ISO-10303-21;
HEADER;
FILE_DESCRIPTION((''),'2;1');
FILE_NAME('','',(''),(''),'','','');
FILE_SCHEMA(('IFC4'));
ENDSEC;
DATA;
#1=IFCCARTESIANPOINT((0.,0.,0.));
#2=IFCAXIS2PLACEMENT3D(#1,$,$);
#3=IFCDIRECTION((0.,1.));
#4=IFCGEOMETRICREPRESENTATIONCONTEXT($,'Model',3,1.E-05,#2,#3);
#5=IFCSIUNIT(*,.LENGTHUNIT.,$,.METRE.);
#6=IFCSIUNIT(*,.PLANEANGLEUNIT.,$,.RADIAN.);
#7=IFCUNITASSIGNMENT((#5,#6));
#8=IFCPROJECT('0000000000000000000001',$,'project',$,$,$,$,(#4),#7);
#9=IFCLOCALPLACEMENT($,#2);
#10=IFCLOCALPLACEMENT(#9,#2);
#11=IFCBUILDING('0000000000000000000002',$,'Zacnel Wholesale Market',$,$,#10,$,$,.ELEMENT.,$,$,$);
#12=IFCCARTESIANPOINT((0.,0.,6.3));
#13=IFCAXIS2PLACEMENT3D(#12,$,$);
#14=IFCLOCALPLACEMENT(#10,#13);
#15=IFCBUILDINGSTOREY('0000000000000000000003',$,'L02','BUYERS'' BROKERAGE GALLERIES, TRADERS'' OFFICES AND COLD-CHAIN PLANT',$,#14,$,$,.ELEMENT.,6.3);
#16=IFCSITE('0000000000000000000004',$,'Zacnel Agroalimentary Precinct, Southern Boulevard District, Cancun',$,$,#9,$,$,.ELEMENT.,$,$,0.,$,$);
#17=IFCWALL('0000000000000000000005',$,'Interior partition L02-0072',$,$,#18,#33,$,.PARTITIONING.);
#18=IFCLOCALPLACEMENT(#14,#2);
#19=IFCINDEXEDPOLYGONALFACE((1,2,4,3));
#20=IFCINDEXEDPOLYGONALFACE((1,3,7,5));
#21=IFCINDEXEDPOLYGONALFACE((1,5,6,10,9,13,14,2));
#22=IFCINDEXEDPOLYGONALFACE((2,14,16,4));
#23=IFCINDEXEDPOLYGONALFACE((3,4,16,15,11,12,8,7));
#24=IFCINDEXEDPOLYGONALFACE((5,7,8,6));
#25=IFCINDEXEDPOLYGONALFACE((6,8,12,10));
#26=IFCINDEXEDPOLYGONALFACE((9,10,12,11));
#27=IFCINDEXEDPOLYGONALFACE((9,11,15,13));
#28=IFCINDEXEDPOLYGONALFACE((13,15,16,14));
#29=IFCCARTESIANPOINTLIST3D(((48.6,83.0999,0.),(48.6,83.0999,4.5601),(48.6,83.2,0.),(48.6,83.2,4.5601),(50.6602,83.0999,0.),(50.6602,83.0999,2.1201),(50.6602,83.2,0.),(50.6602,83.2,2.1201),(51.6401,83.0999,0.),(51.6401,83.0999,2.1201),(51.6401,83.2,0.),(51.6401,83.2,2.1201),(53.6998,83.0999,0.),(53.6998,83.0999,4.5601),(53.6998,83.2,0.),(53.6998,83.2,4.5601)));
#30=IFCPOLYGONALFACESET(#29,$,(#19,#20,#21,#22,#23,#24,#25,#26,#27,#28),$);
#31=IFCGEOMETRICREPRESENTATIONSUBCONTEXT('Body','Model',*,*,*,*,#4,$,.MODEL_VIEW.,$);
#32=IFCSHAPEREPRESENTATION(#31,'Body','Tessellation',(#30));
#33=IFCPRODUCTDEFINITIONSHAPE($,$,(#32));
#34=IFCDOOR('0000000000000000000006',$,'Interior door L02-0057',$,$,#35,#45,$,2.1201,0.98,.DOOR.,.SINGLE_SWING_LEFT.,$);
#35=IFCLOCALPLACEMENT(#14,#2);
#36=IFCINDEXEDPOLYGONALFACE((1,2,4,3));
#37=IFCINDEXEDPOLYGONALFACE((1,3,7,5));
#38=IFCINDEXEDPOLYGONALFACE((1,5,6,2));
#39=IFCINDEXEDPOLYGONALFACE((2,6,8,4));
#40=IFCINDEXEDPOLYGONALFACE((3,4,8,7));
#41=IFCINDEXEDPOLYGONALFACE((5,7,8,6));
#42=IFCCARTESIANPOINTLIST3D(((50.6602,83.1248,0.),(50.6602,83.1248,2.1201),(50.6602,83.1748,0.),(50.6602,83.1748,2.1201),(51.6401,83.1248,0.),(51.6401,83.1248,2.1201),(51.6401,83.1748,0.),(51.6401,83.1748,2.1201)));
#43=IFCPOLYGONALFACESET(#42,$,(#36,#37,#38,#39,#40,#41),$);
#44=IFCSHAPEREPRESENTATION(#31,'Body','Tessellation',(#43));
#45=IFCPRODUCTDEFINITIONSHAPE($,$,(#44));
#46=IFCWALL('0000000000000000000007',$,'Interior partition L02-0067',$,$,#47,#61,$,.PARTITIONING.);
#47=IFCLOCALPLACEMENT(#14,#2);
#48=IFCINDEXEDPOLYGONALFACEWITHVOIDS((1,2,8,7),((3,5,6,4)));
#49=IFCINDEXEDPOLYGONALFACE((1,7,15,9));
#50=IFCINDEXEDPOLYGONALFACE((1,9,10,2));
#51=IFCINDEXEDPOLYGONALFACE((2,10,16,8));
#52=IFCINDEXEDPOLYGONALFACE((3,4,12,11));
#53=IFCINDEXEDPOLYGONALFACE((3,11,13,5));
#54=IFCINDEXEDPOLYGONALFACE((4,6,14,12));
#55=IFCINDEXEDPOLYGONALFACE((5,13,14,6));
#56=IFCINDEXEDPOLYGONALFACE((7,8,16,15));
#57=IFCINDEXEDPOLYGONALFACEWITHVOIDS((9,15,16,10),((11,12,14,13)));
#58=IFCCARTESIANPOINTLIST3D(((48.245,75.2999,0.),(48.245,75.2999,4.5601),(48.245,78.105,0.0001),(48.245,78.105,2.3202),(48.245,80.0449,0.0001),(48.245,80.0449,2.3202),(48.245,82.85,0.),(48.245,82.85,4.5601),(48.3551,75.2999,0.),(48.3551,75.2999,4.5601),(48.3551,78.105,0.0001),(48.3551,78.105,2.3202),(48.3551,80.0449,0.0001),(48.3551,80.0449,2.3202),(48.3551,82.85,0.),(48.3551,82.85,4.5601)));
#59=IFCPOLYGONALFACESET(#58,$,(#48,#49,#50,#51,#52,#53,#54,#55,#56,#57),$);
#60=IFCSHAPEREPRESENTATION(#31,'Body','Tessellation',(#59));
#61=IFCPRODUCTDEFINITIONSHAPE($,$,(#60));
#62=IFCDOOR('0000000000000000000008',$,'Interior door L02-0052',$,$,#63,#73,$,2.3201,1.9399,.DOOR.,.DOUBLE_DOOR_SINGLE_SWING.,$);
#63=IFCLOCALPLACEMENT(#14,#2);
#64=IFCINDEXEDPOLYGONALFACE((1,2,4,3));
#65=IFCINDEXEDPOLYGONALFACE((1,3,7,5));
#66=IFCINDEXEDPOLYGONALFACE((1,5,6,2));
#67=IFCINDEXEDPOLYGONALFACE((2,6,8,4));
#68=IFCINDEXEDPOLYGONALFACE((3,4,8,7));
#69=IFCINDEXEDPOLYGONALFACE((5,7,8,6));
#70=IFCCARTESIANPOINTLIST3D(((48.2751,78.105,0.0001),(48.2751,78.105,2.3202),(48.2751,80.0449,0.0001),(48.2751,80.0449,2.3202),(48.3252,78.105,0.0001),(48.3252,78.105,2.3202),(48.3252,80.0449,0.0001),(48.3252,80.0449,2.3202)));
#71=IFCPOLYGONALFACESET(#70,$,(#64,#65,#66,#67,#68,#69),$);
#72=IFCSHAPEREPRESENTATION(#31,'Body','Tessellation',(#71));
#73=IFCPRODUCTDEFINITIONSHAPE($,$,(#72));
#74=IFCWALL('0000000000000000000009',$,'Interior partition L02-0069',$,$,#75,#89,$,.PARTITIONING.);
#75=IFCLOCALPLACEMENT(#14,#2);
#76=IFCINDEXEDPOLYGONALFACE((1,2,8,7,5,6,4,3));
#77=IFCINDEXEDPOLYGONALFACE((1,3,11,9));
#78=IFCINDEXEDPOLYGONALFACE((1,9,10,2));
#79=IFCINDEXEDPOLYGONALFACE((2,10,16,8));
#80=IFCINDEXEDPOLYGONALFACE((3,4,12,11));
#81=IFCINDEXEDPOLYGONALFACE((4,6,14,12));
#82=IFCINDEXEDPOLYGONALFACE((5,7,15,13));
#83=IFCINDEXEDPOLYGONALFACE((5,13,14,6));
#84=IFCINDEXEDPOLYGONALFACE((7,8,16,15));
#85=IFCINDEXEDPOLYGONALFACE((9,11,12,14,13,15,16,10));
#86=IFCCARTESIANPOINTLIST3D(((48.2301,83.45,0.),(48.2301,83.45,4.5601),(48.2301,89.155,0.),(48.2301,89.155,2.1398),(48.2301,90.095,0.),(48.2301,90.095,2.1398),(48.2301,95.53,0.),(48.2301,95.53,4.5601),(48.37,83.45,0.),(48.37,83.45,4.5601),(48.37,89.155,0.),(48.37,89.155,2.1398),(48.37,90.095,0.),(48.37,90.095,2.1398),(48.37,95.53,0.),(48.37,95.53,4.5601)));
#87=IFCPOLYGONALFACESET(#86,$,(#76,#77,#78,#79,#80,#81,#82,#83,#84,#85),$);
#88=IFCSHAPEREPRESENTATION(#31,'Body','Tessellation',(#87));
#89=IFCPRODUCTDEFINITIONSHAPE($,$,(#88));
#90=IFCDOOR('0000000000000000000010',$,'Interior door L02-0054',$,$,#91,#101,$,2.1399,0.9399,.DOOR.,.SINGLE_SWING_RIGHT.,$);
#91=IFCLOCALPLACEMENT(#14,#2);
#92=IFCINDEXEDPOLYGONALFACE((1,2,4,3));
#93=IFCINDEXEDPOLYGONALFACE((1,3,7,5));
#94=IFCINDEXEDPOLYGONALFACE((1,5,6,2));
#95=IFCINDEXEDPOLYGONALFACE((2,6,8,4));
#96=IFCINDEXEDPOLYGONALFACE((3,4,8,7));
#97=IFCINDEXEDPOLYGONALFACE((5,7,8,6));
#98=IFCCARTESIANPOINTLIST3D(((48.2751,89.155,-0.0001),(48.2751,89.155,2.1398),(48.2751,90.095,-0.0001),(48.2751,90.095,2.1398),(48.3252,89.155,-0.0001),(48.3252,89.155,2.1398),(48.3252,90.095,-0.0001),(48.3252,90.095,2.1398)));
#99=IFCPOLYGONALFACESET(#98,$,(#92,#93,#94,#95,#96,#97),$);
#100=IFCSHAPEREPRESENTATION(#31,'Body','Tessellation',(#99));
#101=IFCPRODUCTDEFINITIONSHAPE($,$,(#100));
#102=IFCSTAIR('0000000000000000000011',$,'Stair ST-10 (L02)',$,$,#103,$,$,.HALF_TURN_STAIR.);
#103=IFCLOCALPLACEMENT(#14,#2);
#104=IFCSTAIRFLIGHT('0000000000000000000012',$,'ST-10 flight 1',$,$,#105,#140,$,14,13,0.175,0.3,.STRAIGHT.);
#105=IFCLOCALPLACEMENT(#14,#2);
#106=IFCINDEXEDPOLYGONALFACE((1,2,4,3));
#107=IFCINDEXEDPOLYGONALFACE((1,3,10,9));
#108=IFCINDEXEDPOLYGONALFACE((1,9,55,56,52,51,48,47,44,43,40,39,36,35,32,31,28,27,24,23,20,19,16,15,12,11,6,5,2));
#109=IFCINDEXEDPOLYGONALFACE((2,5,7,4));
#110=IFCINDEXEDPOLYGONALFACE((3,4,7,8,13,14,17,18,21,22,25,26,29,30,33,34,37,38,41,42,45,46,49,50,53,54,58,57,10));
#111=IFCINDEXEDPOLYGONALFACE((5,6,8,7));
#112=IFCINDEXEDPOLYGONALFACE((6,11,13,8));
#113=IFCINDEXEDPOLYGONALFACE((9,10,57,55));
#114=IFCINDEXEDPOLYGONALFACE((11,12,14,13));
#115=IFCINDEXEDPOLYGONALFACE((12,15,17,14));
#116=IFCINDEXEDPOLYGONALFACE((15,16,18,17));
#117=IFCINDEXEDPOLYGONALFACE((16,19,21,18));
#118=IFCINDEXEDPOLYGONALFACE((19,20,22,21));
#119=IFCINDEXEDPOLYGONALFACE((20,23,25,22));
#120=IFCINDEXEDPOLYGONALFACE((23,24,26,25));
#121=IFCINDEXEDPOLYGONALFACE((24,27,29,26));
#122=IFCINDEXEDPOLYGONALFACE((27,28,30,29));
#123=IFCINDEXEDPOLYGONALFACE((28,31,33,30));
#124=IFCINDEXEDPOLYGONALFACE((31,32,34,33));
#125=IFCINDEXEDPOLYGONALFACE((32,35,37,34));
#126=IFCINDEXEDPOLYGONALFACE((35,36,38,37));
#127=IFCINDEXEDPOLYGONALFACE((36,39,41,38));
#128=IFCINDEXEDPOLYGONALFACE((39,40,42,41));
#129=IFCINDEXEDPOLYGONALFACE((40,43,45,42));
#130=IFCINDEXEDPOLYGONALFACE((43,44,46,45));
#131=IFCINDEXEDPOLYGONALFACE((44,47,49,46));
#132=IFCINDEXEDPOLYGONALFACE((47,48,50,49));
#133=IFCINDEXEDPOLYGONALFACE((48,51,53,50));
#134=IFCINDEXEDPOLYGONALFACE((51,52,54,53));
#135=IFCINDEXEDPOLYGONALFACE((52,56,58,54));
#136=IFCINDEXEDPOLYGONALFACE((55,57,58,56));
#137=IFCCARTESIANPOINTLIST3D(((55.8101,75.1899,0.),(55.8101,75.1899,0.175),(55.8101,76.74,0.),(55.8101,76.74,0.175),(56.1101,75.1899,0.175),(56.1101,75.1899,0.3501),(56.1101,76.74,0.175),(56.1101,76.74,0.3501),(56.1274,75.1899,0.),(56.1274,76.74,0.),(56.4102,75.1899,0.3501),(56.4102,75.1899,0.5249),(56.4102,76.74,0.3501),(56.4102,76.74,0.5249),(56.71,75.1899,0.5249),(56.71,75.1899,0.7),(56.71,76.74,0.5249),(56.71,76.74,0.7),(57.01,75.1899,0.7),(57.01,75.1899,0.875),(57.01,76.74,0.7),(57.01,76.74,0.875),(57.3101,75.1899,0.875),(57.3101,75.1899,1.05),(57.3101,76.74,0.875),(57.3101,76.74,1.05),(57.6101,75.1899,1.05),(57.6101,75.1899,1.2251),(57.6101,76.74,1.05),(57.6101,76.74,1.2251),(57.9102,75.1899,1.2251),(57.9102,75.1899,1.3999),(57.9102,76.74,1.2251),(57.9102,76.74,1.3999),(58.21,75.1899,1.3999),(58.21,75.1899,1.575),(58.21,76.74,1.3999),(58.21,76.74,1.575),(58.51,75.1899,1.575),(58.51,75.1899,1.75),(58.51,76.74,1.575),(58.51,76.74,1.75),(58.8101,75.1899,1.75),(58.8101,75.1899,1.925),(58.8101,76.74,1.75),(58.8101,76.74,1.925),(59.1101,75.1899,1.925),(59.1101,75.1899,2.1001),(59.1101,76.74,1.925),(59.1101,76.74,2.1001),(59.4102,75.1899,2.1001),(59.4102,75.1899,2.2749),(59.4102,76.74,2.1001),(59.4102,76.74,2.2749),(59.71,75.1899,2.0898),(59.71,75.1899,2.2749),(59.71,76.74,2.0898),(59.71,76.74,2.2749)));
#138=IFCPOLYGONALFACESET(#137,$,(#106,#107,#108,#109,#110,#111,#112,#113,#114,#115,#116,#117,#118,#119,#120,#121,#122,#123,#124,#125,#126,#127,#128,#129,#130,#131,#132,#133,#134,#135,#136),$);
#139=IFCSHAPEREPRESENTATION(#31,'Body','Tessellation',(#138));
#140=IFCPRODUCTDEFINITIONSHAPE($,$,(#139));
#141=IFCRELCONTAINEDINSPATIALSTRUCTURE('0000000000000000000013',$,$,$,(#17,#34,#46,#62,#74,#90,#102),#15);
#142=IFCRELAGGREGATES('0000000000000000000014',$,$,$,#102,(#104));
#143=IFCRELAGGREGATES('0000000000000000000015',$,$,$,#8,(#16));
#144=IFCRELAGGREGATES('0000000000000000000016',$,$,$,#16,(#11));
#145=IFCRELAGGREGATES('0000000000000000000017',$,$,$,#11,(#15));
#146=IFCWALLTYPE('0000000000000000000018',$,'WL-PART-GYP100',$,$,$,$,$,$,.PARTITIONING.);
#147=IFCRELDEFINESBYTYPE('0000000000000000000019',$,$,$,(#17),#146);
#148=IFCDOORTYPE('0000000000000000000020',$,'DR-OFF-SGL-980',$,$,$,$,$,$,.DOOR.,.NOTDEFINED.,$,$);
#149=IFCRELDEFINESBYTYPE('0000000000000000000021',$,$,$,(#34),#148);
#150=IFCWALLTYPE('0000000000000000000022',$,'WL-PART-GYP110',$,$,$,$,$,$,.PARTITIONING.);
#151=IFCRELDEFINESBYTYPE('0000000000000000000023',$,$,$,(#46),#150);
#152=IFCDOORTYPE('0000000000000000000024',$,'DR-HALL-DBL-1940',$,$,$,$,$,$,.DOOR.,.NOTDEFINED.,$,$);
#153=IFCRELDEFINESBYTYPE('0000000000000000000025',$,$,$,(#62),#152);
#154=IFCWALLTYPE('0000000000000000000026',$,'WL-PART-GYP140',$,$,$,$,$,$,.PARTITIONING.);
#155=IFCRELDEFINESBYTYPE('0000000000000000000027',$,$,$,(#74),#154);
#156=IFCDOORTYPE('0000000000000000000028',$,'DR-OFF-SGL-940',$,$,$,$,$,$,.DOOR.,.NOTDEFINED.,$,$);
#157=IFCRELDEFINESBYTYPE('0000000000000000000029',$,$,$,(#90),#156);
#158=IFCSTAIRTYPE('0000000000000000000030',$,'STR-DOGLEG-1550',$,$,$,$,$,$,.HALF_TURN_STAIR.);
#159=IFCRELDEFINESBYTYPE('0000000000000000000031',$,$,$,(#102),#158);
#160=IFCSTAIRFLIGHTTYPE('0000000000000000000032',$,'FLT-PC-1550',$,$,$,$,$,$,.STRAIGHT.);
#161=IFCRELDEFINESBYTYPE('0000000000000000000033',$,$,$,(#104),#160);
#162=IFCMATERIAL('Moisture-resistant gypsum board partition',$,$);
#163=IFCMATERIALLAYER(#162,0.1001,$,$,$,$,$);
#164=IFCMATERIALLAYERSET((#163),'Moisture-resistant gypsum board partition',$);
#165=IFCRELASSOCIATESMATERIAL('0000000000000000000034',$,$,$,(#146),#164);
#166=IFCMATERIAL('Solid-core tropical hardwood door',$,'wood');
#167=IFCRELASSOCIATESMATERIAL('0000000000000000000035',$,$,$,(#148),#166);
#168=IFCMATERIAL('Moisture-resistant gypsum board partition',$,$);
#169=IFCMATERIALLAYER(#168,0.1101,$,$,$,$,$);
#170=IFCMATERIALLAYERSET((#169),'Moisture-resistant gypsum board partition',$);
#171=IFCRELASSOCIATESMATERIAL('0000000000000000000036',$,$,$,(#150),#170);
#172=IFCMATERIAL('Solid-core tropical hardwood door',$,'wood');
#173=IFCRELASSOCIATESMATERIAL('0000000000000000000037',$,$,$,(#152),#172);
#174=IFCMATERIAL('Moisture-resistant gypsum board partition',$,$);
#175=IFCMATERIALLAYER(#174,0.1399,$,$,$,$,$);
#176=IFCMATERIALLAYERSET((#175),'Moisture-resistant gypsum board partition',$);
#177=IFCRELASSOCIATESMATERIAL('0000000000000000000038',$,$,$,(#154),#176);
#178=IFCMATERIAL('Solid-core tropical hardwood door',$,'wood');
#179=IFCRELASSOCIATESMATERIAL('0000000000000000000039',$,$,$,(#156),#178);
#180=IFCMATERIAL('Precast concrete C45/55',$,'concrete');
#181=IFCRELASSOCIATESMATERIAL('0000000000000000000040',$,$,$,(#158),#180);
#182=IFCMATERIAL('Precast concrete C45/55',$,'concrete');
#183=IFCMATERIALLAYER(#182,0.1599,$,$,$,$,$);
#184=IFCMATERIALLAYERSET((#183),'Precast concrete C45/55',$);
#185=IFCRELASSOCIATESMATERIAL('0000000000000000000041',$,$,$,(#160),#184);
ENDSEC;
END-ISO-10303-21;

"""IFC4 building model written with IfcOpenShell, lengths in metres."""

from ifc_helpers import new_model, si_unit, direction, frame, frame_2d, origin, place, context, subcontext, project, spatial, polyline, rectangle, outline, extrude, material, layer, layer_set, type_object, element, fill, aggregate, save


model = new_model("IFC4")

# Units and contexts
model_context = context("Model", 3, precision=1e-05, world=origin(), true_north=direction((0.0, 1.0)))
body_context = subcontext(model_context, "Body", "Model", "MODEL_VIEW")
ifc_project = project(units=[si_unit("LENGTHUNIT", "METRE"), si_unit("PLANEANGLEUNIT", "RADIAN")], contexts=[model_context])

# Site, building, storey
site_placement = place(None, origin())
site = spatial("IfcSite", under=ifc_project, at=site_placement, Name="Zacnel Agroalimentary Precinct, Southern Boulevard District, Cancun", CompositionType="ELEMENT", RefElevation=0.0)
building_placement = place(site_placement, origin())
building = spatial("IfcBuilding", under=site, at=building_placement, Name="Zacnel Wholesale Market", CompositionType="ELEMENT")
storey_placement = place(building_placement, frame((0.0, 0.0, 6.3)))
storey = spatial("IfcBuildingStorey", under=building, at=storey_placement, Name="L02", Description="BUYERS' BROKERAGE GALLERIES, TRADERS' OFFICES AND COLD-CHAIN PLANT", CompositionType="ELEMENT", Elevation=6.3)

# Walls, openings, doors
ifc_material_1 = material(Name="Moisture-resistant gypsum board partition")
ifc_layer_1 = layer(ifc_material_1, 0.1001)
ifc_layer_set_1 = layer_set([ifc_layer_1], Name="Moisture-resistant gypsum board partition")
wall_type_1 = type_object("IfcWallType", Name="WL-PART-GYP100", PredefinedType="PARTITIONING", material=ifc_layer_set_1)
wall_1_placement = place(storey_placement, frame((48.6001, 83.1499, 0.0), z_axis=(0.0, 0.0, 1.0), x_axis=(1.0, 0.0, 0.0)))
wall_1 = element("IfcWall", 1, at=wall_1_placement, inside=storey, type_object=wall_type_1, Name="Interior partition L02-0072", PredefinedType="PARTITIONING", context=body_context, shape_type="SweptSolid", body=[
    extrude(rectangle(XDim=5.0999, YDim=0.1001, at=frame_2d((2.5498, 0.0))), origin(), (0.0, 0.0, 1.0), 4.5601),
])
opening_1_placement = place(wall_1_placement, frame((2.0601, 0.0, 0.0)))
opening_1 = element("IfcOpeningElement", 2, at=opening_1_placement, cuts=wall_1, PredefinedType="OPENING", context=body_context, shape_type="SweptSolid", body=[
    extrude(rectangle(XDim=0.98, YDim=2.1201, at=frame_2d((0.49, 1.0601))), frame((0.0, 0.0601, 0.0), z_axis=(0.0, -1.0, 0.0), x_axis=(1.0, 0.0, 0.0)), (0.0, 0.0, 1.0), 0.1201),
])
ifc_material_2 = material(Name="Solid-core tropical hardwood door", Category="wood")
door_type_1 = type_object("IfcDoorType", Name="DR-OFF-SGL-980", OperationType="NOTDEFINED", PredefinedType="DOOR", material=ifc_material_2)
door_1_placement = place(opening_1_placement, origin())
door_1 = element("IfcDoor", 3, at=door_1_placement, inside=storey, type_object=door_type_1, Name="Interior door L02-0057", OperationType="SINGLE_SWING_LEFT", OverallHeight=2.1201, OverallWidth=0.98, PredefinedType="DOOR", context=body_context, shape_type="SweptSolid", body=[
    extrude(rectangle(XDim=0.98, YDim=2.1201, at=frame_2d((0.49, 1.0601))), frame((0.0, 0.0249, 0.0), z_axis=(0.0, -1.0, 0.0), x_axis=(1.0, 0.0, 0.0)), (0.0, 0.0, 1.0), 0.05),
])
fill(opening_1, door_1)
ifc_material_3 = material(Name="Moisture-resistant gypsum board partition")
ifc_layer_2 = layer(ifc_material_3, 0.1101)
ifc_layer_set_2 = layer_set([ifc_layer_2], Name="Moisture-resistant gypsum board partition")
wall_type_2 = type_object("IfcWallType", Name="WL-PART-GYP110", PredefinedType="PARTITIONING", material=ifc_layer_set_2)
wall_2_placement = place(storey_placement, frame((48.3, 75.3, 0.0), z_axis=(0.0, 0.0, 1.0), x_axis=(0.0, 1.0, 0.0)))
wall_2 = element("IfcWall", 4, at=wall_2_placement, inside=storey, type_object=wall_type_2, Name="Interior partition L02-0067", PredefinedType="PARTITIONING", context=body_context, shape_type="SweptSolid", body=[
    extrude(rectangle(XDim=7.55, YDim=0.1101, at=frame_2d((3.7749, 0.0))), origin(), (0.0, 0.0, 1.0), 4.5601),
])
opening_2_placement = place(wall_2_placement, frame((2.8049, 0.0, 0.0)))
opening_2 = element("IfcOpeningElement", 5, at=opening_2_placement, cuts=wall_2, PredefinedType="OPENING", context=body_context, shape_type="SweptSolid", body=[
    extrude(rectangle(XDim=1.9399, YDim=2.3201, at=frame_2d((0.97, 1.1602))), frame((0.0, 0.0649, 0.0), z_axis=(0.0, -1.0, 0.0), x_axis=(1.0, 0.0, 0.0)), (0.0, 0.0, 1.0), 0.1301),
])
ifc_material_4 = material(Name="Solid-core tropical hardwood door", Category="wood")
door_type_2 = type_object("IfcDoorType", Name="DR-HALL-DBL-1940", OperationType="NOTDEFINED", PredefinedType="DOOR", material=ifc_material_4)
door_2_placement = place(opening_2_placement, origin())
door_2 = element("IfcDoor", 6, at=door_2_placement, inside=storey, type_object=door_type_2, Name="Interior door L02-0052", OperationType="DOUBLE_DOOR_SINGLE_SWING", OverallHeight=2.3201, OverallWidth=1.9399, PredefinedType="DOOR", context=body_context, shape_type="SweptSolid", body=[
    extrude(rectangle(XDim=1.9399, YDim=2.3201, at=frame_2d((0.97, 1.1602))), frame((0.0, 0.0249, 0.0), z_axis=(0.0, -1.0, 0.0), x_axis=(1.0, 0.0, 0.0)), (0.0, 0.0, 1.0), 0.05),
])
fill(opening_2, door_2)
ifc_material_5 = material(Name="Moisture-resistant gypsum board partition")
ifc_layer_3 = layer(ifc_material_5, 0.1399)
ifc_layer_set_3 = layer_set([ifc_layer_3], Name="Moisture-resistant gypsum board partition")
wall_type_3 = type_object("IfcWallType", Name="WL-PART-GYP140", PredefinedType="PARTITIONING", material=ifc_layer_set_3)
wall_3_placement = place(storey_placement, frame((48.3, 83.45, 0.0), z_axis=(0.0, 0.0, 1.0), x_axis=(0.0, 1.0, 0.0)))
wall_3 = element("IfcWall", 7, at=wall_3_placement, inside=storey, type_object=wall_type_3, Name="Interior partition L02-0069", PredefinedType="PARTITIONING", context=body_context, shape_type="SweptSolid", body=[
    extrude(rectangle(XDim=12.0801, YDim=0.1399, at=frame_2d((6.04, 0.0))), origin(), (0.0, 0.0, 1.0), 4.5601),
])
opening_3_placement = place(wall_3_placement, frame((5.7051, 0.0, 0.0)))
opening_3 = element("IfcOpeningElement", 8, at=opening_3_placement, cuts=wall_3, PredefinedType="OPENING", context=body_context, shape_type="SweptSolid", body=[
    extrude(rectangle(XDim=0.9399, YDim=2.1399, at=frame_2d((0.47, 1.0698))), frame((0.0, 0.0798, 0.0), z_axis=(0.0, -1.0, 0.0), x_axis=(1.0, 0.0, 0.0)), (0.0, 0.0, 1.0), 0.1599),
])
ifc_material_6 = material(Name="Solid-core tropical hardwood door", Category="wood")
door_type_3 = type_object("IfcDoorType", Name="DR-OFF-SGL-940", OperationType="NOTDEFINED", PredefinedType="DOOR", material=ifc_material_6)
door_3_placement = place(opening_3_placement, origin())
door_3 = element("IfcDoor", 9, at=door_3_placement, inside=storey, type_object=door_type_3, Name="Interior door L02-0054", OperationType="SINGLE_SWING_RIGHT", OverallHeight=2.1399, OverallWidth=0.9399, PredefinedType="DOOR", context=body_context, shape_type="SweptSolid", body=[
    extrude(rectangle(XDim=0.9399, YDim=2.1399, at=frame_2d((0.47, 1.0698))), frame((0.0, 0.0249, 0.0), z_axis=(0.0, -1.0, 0.0), x_axis=(1.0, 0.0, 0.0)), (0.0, 0.0, 1.0), 0.05),
])
fill(opening_3, door_3)

# Stair, stair flight
ifc_material_7 = material(Name="Precast concrete C45/55", Category="concrete")
stair_type = type_object("IfcStairType", Name="STR-DOGLEG-1550", PredefinedType="HALF_TURN_STAIR", material=ifc_material_7)
stair_placement = place(storey_placement, origin())
stair = element("IfcStair", 10, at=stair_placement, inside=storey, type_object=stair_type, Name="Stair ST-10 (L02)", PredefinedType="HALF_TURN_STAIR")
ifc_material_8 = material(Name="Precast concrete C45/55", Category="concrete")
ifc_layer_4 = layer(ifc_material_8, 0.1599)
ifc_layer_set_4 = layer_set([ifc_layer_4], Name="Precast concrete C45/55")
stair_flight_type = type_object("IfcStairFlightType", Name="FLT-PC-1550", PredefinedType="STRAIGHT", material=ifc_layer_set_4)
stair_flight_placement = place(storey_placement, frame((55.8101, 75.9651, 0.0), z_axis=(0.0, 0.0, 1.0), x_axis=(1.0, 0.0, 0.0)))
stair_flight = element("IfcStairFlight", 11, at=stair_flight_placement, type_object=stair_flight_type, Name="ST-10 flight 1", NumberOfRisers=14, NumberOfTreads=13, PredefinedType="STRAIGHT", RiserHeight=0.175, TreadLength=0.3, context=body_context, shape_type="SweptSolid", body=[
    extrude(outline(polyline([(0.0, 0.0), (0.0, 0.175), (0.3, 0.175), (0.3, 0.3501), (0.6001, 0.3501), (0.6001, 0.5249), (0.8999, 0.5249), (0.8999, 0.7), (1.2, 0.7), (1.2, 0.875), (1.5, 0.875), (1.5, 1.05), (1.8, 1.05), (1.8, 1.2251), (2.1001, 1.2251), (2.1001, 1.3999), (2.3999, 1.3999), (2.3999, 1.575), (2.7, 1.575), (2.7, 1.75), (3.0, 1.75), (3.0, 1.925), (3.3, 1.925), (3.3, 2.1001), (3.6001, 2.1001), (3.6001, 2.2749), (3.8999, 2.2749), (3.8999, 2.45), (3.8999, 2.0898), (0.3174, 0.0), (0.0, 0.0)])), frame((0.0, 0.7749, 0.0), z_axis=(0.0, -1.0, 0.0), x_axis=(1.0, 0.0, 0.0)), (0.0, 0.0, 1.0), 1.55),
])
aggregate(stair, [stair_flight])

save(model, "model.ifc")
